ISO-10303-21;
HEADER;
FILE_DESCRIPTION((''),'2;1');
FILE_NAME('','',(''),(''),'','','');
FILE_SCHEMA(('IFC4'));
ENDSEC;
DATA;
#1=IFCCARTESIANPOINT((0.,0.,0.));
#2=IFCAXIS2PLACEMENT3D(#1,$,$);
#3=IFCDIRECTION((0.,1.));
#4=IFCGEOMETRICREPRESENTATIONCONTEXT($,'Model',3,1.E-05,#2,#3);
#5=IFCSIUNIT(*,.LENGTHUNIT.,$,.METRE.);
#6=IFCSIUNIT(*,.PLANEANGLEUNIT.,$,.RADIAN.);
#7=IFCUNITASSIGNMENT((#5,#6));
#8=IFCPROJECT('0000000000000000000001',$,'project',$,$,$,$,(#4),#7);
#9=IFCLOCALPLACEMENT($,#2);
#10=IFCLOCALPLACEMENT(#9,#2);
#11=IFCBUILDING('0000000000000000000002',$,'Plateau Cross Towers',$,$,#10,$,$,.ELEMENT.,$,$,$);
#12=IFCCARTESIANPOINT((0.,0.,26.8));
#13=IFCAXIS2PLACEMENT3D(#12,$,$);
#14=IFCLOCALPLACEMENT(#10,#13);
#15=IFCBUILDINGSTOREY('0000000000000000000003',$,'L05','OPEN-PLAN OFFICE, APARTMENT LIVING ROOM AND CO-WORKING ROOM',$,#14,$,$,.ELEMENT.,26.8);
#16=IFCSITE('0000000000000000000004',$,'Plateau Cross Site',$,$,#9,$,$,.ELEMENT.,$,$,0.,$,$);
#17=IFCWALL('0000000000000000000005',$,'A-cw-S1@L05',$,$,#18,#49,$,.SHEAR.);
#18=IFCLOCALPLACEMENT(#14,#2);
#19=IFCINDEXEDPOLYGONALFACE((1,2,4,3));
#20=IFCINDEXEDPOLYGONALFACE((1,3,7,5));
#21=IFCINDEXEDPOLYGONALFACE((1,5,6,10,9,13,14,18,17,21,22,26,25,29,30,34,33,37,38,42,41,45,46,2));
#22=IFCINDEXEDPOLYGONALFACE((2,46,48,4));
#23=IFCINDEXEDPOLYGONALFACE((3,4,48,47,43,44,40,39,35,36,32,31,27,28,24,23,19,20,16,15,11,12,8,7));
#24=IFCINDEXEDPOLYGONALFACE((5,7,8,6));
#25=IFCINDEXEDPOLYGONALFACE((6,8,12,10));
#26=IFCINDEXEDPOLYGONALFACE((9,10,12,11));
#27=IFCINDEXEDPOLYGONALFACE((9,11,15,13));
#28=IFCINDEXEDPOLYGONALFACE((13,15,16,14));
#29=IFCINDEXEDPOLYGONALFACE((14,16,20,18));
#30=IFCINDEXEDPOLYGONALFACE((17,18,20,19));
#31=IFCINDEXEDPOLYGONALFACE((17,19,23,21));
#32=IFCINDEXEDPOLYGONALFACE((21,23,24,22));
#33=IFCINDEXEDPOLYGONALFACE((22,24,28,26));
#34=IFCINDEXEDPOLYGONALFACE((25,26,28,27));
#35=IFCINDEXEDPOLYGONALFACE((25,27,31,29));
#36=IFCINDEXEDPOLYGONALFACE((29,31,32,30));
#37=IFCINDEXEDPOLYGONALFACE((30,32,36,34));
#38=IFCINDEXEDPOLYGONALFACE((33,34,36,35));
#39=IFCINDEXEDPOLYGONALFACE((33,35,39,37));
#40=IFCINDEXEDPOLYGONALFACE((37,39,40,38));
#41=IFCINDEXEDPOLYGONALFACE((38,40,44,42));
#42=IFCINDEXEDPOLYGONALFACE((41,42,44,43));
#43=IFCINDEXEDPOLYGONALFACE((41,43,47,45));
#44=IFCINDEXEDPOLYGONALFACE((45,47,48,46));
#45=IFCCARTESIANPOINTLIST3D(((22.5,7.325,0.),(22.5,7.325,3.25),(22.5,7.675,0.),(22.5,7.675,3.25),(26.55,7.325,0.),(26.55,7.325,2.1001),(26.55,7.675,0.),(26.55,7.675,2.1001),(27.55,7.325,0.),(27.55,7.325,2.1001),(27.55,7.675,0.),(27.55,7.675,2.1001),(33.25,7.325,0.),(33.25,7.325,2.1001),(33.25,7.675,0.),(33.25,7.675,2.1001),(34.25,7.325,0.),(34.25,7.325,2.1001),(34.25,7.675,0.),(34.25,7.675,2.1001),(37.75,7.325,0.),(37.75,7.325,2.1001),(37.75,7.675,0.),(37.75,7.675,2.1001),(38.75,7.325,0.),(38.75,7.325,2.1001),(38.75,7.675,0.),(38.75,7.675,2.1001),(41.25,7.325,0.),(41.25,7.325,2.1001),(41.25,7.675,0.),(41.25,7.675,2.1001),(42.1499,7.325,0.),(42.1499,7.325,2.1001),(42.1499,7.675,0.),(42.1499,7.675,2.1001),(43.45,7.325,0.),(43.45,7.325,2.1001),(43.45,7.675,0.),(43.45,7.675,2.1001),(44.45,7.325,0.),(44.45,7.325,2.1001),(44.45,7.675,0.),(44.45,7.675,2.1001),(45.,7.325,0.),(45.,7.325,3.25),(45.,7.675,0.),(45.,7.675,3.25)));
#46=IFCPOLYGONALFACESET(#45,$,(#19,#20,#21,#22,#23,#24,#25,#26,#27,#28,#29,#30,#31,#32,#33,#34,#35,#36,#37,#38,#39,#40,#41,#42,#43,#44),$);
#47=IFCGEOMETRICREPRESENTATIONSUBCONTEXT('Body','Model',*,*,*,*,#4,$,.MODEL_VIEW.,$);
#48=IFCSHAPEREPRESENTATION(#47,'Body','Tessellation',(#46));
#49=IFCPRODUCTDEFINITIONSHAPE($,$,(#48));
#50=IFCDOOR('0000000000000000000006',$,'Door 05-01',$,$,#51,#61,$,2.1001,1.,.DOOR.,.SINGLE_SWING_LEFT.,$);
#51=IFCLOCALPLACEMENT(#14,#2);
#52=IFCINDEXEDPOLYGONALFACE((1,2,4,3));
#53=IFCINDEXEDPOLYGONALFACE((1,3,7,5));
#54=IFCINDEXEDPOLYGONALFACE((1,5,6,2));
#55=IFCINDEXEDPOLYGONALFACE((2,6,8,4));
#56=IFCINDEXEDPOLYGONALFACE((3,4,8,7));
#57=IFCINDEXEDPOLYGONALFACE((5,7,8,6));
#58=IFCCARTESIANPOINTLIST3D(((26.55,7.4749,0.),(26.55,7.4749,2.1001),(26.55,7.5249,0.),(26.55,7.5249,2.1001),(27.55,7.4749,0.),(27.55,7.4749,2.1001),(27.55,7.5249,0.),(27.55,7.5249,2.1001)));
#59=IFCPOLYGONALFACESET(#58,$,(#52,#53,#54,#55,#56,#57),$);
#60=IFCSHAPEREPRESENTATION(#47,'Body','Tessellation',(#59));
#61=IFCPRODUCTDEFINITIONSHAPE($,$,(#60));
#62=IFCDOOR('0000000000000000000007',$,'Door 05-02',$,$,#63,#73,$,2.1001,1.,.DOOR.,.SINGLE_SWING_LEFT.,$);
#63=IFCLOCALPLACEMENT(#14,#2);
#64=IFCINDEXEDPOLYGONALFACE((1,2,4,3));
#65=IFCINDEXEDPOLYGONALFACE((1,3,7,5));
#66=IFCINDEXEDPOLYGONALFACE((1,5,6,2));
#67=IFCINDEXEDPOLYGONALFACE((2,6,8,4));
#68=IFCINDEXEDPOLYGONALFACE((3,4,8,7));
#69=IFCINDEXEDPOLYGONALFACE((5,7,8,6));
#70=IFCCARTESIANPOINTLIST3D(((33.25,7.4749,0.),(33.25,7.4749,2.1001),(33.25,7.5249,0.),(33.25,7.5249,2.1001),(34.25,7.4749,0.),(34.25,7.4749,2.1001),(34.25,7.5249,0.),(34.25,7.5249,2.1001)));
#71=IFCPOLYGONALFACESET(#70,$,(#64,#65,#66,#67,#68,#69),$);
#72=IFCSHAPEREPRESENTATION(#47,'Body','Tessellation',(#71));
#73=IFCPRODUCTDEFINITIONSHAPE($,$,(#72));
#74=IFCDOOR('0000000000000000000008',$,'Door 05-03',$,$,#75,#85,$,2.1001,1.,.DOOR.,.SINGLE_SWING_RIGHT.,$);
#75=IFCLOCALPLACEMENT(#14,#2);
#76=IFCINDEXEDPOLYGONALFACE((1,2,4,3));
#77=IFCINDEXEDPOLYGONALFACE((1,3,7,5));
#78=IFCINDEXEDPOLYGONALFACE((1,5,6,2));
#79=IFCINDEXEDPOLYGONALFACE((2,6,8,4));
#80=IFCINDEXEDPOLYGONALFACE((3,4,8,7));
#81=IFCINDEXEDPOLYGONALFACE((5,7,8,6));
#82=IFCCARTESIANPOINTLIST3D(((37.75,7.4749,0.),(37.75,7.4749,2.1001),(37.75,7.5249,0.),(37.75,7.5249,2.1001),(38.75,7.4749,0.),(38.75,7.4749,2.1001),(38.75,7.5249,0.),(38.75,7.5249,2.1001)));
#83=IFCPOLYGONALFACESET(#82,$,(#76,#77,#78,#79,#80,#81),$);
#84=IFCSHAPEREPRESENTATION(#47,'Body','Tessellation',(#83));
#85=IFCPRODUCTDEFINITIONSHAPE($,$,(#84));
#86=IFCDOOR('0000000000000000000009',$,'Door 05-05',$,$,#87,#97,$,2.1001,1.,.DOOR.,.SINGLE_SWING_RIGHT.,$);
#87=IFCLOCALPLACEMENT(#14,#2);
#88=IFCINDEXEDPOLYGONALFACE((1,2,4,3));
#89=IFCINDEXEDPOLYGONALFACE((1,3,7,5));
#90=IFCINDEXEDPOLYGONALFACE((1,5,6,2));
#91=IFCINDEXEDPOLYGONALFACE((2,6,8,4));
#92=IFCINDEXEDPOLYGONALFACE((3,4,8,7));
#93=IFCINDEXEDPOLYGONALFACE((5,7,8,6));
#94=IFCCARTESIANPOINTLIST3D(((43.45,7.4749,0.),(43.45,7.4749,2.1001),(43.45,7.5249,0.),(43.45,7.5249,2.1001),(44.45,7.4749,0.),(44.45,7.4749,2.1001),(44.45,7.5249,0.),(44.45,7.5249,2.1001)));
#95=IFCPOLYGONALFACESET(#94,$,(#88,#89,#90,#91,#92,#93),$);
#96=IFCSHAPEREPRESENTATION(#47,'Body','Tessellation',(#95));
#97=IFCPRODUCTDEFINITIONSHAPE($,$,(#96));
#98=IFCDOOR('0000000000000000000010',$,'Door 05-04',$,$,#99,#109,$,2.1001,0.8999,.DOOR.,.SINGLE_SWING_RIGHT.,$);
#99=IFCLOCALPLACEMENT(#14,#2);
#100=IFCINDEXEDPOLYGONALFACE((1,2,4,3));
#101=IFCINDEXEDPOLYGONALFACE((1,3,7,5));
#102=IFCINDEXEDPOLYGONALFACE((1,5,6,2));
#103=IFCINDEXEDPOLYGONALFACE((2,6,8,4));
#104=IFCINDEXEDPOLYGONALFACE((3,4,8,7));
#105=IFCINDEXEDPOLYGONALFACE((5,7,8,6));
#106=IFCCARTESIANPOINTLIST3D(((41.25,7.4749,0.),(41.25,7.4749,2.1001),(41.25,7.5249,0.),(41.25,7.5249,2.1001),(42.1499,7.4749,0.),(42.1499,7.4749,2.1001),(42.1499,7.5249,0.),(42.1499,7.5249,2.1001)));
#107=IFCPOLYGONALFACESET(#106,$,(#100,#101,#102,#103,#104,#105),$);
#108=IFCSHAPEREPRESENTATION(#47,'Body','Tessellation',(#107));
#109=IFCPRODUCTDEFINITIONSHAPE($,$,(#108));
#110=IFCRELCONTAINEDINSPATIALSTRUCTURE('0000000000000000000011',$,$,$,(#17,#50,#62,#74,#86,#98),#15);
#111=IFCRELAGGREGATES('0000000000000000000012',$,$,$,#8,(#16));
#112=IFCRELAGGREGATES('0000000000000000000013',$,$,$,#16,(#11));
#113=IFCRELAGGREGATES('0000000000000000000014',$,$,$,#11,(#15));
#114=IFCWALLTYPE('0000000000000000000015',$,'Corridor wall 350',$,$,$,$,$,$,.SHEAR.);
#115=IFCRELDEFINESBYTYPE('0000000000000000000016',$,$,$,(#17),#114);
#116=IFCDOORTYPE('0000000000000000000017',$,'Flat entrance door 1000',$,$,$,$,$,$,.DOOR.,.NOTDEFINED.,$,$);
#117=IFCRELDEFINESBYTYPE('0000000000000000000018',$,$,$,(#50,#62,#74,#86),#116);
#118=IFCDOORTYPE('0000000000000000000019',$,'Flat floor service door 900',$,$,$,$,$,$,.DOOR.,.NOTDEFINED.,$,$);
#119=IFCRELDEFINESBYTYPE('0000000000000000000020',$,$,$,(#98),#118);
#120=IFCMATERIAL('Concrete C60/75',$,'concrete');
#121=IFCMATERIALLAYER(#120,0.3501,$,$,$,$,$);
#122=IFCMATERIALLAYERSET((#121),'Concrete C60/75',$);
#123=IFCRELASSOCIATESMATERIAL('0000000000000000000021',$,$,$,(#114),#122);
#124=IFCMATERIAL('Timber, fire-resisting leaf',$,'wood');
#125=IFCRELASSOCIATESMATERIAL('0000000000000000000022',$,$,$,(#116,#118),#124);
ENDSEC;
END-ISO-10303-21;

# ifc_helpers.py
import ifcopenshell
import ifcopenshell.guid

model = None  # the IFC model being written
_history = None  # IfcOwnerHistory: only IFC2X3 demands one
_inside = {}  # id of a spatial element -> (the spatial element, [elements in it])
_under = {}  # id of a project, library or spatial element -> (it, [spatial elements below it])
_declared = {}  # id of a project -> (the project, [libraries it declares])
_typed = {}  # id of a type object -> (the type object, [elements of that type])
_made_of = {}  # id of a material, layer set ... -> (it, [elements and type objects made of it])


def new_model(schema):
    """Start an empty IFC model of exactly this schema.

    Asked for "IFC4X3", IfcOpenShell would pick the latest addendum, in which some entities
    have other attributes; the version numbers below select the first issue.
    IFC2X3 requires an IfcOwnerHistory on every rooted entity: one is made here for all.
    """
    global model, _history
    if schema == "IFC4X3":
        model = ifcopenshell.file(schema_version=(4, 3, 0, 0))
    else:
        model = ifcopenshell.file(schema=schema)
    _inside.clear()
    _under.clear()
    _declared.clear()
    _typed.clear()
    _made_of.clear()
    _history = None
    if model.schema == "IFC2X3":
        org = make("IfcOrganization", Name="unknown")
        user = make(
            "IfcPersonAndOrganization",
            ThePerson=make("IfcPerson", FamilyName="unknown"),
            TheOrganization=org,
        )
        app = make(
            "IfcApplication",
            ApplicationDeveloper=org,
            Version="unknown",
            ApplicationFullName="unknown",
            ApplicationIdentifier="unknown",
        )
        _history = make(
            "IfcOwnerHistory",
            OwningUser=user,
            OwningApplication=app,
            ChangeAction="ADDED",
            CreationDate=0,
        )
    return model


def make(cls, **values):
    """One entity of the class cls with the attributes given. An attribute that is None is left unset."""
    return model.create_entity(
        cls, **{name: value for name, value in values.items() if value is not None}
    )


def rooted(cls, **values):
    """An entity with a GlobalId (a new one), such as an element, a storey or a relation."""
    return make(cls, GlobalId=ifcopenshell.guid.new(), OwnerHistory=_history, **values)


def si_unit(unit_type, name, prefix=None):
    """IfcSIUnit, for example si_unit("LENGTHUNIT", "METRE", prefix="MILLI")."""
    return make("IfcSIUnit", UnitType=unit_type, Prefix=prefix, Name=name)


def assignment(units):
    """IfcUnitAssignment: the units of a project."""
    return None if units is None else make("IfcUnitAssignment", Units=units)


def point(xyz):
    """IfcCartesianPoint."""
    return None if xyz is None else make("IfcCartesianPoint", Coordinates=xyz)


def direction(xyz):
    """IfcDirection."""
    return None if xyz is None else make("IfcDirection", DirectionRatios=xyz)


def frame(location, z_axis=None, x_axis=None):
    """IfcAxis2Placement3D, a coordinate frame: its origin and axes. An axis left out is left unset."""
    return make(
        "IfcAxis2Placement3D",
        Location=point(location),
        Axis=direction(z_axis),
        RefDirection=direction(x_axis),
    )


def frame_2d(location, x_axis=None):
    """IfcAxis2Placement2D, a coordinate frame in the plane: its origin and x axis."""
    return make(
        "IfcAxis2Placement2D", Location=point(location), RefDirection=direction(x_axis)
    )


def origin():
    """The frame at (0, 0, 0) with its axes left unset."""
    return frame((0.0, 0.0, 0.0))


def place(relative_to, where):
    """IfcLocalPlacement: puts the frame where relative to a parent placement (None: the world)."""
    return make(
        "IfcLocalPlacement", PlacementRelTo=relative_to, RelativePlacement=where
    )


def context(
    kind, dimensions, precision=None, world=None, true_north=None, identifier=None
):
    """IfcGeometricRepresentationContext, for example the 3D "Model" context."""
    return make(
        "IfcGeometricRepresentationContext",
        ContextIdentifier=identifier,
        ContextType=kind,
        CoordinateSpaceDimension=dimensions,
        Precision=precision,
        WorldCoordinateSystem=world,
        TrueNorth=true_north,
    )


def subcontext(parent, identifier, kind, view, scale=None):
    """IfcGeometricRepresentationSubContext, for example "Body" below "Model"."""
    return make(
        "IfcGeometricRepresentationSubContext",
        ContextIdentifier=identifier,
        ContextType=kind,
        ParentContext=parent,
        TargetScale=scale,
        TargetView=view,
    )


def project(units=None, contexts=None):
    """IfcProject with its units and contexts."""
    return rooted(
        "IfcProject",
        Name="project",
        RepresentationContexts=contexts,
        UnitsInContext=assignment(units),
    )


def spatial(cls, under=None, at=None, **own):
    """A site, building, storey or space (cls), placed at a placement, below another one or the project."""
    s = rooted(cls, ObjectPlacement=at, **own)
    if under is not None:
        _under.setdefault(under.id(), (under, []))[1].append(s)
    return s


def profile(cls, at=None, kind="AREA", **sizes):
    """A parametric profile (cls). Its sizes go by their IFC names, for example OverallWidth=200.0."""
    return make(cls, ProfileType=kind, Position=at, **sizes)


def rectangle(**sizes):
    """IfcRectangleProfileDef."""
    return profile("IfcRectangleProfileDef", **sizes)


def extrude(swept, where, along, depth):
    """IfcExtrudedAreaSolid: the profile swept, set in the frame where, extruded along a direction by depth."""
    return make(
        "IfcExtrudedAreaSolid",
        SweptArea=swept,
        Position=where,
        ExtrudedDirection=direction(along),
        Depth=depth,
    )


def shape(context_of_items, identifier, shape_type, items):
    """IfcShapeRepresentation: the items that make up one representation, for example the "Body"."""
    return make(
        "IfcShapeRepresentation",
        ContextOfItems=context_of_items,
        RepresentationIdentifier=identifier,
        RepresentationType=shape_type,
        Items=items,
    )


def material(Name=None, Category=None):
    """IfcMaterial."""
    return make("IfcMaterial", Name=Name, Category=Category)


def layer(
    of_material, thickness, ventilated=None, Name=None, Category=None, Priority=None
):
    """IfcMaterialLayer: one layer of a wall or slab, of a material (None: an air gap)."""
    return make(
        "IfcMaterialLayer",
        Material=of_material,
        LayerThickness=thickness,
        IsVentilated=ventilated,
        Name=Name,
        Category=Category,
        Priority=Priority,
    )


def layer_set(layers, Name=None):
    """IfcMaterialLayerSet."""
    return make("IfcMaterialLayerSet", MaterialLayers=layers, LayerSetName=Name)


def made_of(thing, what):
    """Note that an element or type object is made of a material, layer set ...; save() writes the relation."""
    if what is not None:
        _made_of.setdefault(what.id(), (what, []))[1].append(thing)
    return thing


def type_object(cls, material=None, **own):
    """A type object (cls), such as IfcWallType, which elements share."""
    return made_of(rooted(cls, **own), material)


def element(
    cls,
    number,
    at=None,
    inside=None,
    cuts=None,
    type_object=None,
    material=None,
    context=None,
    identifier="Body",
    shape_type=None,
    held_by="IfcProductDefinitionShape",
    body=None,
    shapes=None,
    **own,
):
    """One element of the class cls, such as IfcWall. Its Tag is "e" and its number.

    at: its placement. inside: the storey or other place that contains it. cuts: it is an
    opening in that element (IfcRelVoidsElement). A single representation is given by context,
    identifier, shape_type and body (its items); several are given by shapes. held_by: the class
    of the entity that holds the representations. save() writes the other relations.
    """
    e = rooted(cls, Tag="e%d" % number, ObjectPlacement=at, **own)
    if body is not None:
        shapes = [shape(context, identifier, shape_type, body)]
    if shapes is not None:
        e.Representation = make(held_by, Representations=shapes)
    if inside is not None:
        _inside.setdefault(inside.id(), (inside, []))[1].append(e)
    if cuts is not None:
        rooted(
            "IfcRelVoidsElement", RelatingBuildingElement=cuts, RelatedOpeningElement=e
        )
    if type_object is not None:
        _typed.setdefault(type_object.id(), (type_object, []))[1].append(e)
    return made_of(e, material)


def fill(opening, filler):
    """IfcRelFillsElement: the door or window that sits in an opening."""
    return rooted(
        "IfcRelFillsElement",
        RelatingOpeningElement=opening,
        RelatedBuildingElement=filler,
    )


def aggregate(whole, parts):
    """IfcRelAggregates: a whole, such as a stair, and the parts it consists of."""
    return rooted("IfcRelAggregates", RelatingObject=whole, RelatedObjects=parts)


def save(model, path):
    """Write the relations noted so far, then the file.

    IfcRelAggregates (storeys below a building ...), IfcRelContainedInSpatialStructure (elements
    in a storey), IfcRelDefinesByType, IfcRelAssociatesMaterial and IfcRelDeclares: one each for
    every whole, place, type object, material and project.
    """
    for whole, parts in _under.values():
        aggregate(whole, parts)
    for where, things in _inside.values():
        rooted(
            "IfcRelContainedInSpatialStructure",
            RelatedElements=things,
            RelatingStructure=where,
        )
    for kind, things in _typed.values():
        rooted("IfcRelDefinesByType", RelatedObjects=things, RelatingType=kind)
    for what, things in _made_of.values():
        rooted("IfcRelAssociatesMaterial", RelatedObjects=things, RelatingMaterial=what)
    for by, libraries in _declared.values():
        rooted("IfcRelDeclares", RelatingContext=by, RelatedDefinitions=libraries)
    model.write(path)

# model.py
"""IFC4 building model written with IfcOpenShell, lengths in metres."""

from ifc_helpers import new_model, si_unit, direction, frame, frame_2d, origin, place, context, subcontext, project, spatial, rectangle, extrude, material, layer, layer_set, type_object, element, fill, save


model = new_model("IFC4")

# Units and contexts
model_context = context("Model", 3, precision=1e-05, world=origin(), true_north=direction((0.0, 1.0)))
body_context = subcontext(model_context, "Body", "Model", "MODEL_VIEW")
ifc_project = project(units=[si_unit("LENGTHUNIT", "METRE"), si_unit("PLANEANGLEUNIT", "RADIAN")], contexts=[model_context])

# Site, building, storey
site_placement = place(None, origin())
site = spatial("IfcSite", under=ifc_project, at=site_placement, Name="Plateau Cross Site", CompositionType="ELEMENT", RefElevation=0.0)
building_placement = place(site_placement, origin())
building = spatial("IfcBuilding", under=site, at=building_placement, Name="Plateau Cross Towers", CompositionType="ELEMENT")
storey_placement = place(building_placement, frame((0.0, 0.0, 26.8)))
storey = spatial("IfcBuildingStorey", under=building, at=storey_placement, Name="L05", Description="OPEN-PLAN OFFICE, APARTMENT LIVING ROOM AND CO-WORKING ROOM", CompositionType="ELEMENT", Elevation=26.8)

# Shared definitions
ifc_material_1 = material(Name="Concrete C60/75", Category="concrete")

# Wall, openings, doors
ifc_layer_1 = layer(ifc_material_1, 0.3501)
ifc_layer_set_1 = layer_set([ifc_layer_1], Name="Concrete C60/75")
wall_type_1 = type_object("IfcWallType", Name="Corridor wall 350", PredefinedType="SHEAR", material=ifc_layer_set_1)
wall_1_placement = place(storey_placement, frame((22.5, 7.5, 0.0), z_axis=(0.0, 0.0, 1.0), x_axis=(1.0, 0.0, 0.0)))
wall_1 = element("IfcWall", 1, at=wall_1_placement, inside=storey, type_object=wall_type_1, Name="A-cw-S1@L05", PredefinedType="SHEAR", context=body_context, shape_type="SweptSolid", body=[
    extrude(rectangle(XDim=22.5, YDim=0.3501, at=frame_2d((11.25, 0.0))), origin(), (0.0, 0.0, 1.0), 3.25),
])
opening_1_placement = place(wall_1_placement, frame((4.05, 0.0, 0.0)))
opening_1 = element("IfcOpeningElement", 2, at=opening_1_placement, cuts=wall_1, PredefinedType="OPENING", context=body_context, shape_type="SweptSolid", body=[
    extrude(rectangle(XDim=1.0, YDim=2.1001, at=frame_2d((0.5, 1.05))), frame((0.0, 0.1851, 0.0), z_axis=(0.0, -1.0, 0.0), x_axis=(1.0, 0.0, 0.0)), (0.0, 0.0, 1.0), 0.3701),
])
opening_2_placement = place(wall_1_placement, frame((10.75, 0.0, 0.0)))
opening_2 = element("IfcOpeningElement", 3, at=opening_2_placement, cuts=wall_1, PredefinedType="OPENING", context=body_context, shape_type="SweptSolid", body=[
    extrude(rectangle(XDim=1.0, YDim=2.1001, at=frame_2d((0.5, 1.05))), frame((0.0, 0.1851, 0.0), z_axis=(0.0, -1.0, 0.0), x_axis=(1.0, 0.0, 0.0)), (0.0, 0.0, 1.0), 0.3701),
])
opening_3_placement = place(wall_1_placement, frame((15.25, 0.0, 0.0)))
opening_3 = element("IfcOpeningElement", 4, at=opening_3_placement, cuts=wall_1, PredefinedType="OPENING", context=body_context, shape_type="SweptSolid", body=[
    extrude(rectangle(XDim=1.0, YDim=2.1001, at=frame_2d((0.5, 1.05))), frame((0.0, 0.1851, 0.0), z_axis=(0.0, -1.0, 0.0), x_axis=(1.0, 0.0, 0.0)), (0.0, 0.0, 1.0), 0.3701),
])
opening_4_placement = place(wall_1_placement, frame((18.75, 0.0, 0.0)))
opening_4 = element("IfcOpeningElement", 5, at=opening_4_placement, cuts=wall_1, PredefinedType="OPENING", context=body_context, shape_type="SweptSolid", body=[
    extrude(rectangle(XDim=0.8999, YDim=2.1001, at=frame_2d((0.45, 1.05))), frame((0.0, 0.1851, 0.0), z_axis=(0.0, -1.0, 0.0), x_axis=(1.0, 0.0, 0.0)), (0.0, 0.0, 1.0), 0.3701),
])
opening_5_placement = place(wall_1_placement, frame((20.95, 0.0, 0.0)))
opening_5 = element("IfcOpeningElement", 6, at=opening_5_placement, cuts=wall_1, PredefinedType="OPENING", context=body_context, shape_type="SweptSolid", body=[
    extrude(rectangle(XDim=1.0, YDim=2.1001, at=frame_2d((0.5, 1.05))), frame((0.0, 0.1851, 0.0), z_axis=(0.0, -1.0, 0.0), x_axis=(1.0, 0.0, 0.0)), (0.0, 0.0, 1.0), 0.3701),
])
ifc_material_2 = material(Name="Timber, fire-resisting leaf", Category="wood")
door_type_1 = type_object("IfcDoorType", Name="Flat entrance door 1000", OperationType="NOTDEFINED", PredefinedType="DOOR", material=ifc_material_2)
door_1_placement = place(opening_1_placement, origin())
door_1 = element("IfcDoor", 7, at=door_1_placement, inside=storey, type_object=door_type_1, Name="Door 05-01", OperationType="SINGLE_SWING_LEFT", OverallHeight=2.1001, OverallWidth=1.0, PredefinedType="DOOR", context=body_context, shape_type="SweptSolid", body=[
    extrude(rectangle(XDim=1.0, YDim=2.1001, at=frame_2d((0.5, 1.05))), frame((0.0, 0.0249, 0.0), z_axis=(0.0, -1.0, 0.0), x_axis=(1.0, 0.0, 0.0)), (0.0, 0.0, 1.0), 0.05),
])
fill(opening_1, door_1)
door_2_placement = place(opening_2_placement, origin())
door_2 = element("IfcDoor", 8, at=door_2_placement, inside=storey, type_object=door_type_1, Name="Door 05-02", OperationType="SINGLE_SWING_LEFT", OverallHeight=2.1001, OverallWidth=1.0, PredefinedType="DOOR", context=body_context, shape_type="SweptSolid", body=[
    extrude(rectangle(XDim=1.0, YDim=2.1001, at=frame_2d((0.5, 1.05))), frame((0.0, 0.0249, 0.0), z_axis=(0.0, -1.0, 0.0), x_axis=(1.0, 0.0, 0.0)), (0.0, 0.0, 1.0), 0.05),
])
fill(opening_2, door_2)
door_3_placement = place(opening_3_placement, origin())
door_3 = element("IfcDoor", 9, at=door_3_placement, inside=storey, type_object=door_type_1, Name="Door 05-03", OperationType="SINGLE_SWING_RIGHT", OverallHeight=2.1001, OverallWidth=1.0, PredefinedType="DOOR", context=body_context, shape_type="SweptSolid", body=[
    extrude(rectangle(XDim=1.0, YDim=2.1001, at=frame_2d((0.5, 1.05))), frame((0.0, 0.0249, 0.0), z_axis=(0.0, -1.0, 0.0), x_axis=(1.0, 0.0, 0.0)), (0.0, 0.0, 1.0), 0.05),
])
fill(opening_3, door_3)
door_4_placement = place(opening_5_placement, origin())
door_4 = element("IfcDoor", 10, at=door_4_placement, inside=storey, type_object=door_type_1, Name="Door 05-05", OperationType="SINGLE_SWING_RIGHT", OverallHeight=2.1001, OverallWidth=1.0, PredefinedType="DOOR", context=body_context, shape_type="SweptSolid", body=[
    extrude(rectangle(XDim=1.0, YDim=2.1001, at=frame_2d((0.5, 1.05))), frame((0.0, 0.0249, 0.0), z_axis=(0.0, -1.0, 0.0), x_axis=(1.0, 0.0, 0.0)), (0.0, 0.0, 1.0), 0.05),
])
fill(opening_5, door_4)
door_type_2 = type_object("IfcDoorType", Name="Flat floor service door 900", OperationType="NOTDEFINED", PredefinedType="DOOR", material=ifc_material_2)
door_5_placement = place(opening_4_placement, origin())
door_5 = element("IfcDoor", 11, at=door_5_placement, inside=storey, type_object=door_type_2, Name="Door 05-04", OperationType="SINGLE_SWING_RIGHT", OverallHeight=2.1001, OverallWidth=0.8999, PredefinedType="DOOR", context=body_context, shape_type="SweptSolid", body=[
    extrude(rectangle(XDim=0.8999, YDim=2.1001, at=frame_2d((0.45, 1.05))), frame((0.0, 0.0249, 0.0), z_axis=(0.0, -1.0, 0.0), x_axis=(1.0, 0.0, 0.0)), (0.0, 0.0, 1.0), 0.05),
])
fill(opening_4, door_5)

save(model, "model.ifc")
